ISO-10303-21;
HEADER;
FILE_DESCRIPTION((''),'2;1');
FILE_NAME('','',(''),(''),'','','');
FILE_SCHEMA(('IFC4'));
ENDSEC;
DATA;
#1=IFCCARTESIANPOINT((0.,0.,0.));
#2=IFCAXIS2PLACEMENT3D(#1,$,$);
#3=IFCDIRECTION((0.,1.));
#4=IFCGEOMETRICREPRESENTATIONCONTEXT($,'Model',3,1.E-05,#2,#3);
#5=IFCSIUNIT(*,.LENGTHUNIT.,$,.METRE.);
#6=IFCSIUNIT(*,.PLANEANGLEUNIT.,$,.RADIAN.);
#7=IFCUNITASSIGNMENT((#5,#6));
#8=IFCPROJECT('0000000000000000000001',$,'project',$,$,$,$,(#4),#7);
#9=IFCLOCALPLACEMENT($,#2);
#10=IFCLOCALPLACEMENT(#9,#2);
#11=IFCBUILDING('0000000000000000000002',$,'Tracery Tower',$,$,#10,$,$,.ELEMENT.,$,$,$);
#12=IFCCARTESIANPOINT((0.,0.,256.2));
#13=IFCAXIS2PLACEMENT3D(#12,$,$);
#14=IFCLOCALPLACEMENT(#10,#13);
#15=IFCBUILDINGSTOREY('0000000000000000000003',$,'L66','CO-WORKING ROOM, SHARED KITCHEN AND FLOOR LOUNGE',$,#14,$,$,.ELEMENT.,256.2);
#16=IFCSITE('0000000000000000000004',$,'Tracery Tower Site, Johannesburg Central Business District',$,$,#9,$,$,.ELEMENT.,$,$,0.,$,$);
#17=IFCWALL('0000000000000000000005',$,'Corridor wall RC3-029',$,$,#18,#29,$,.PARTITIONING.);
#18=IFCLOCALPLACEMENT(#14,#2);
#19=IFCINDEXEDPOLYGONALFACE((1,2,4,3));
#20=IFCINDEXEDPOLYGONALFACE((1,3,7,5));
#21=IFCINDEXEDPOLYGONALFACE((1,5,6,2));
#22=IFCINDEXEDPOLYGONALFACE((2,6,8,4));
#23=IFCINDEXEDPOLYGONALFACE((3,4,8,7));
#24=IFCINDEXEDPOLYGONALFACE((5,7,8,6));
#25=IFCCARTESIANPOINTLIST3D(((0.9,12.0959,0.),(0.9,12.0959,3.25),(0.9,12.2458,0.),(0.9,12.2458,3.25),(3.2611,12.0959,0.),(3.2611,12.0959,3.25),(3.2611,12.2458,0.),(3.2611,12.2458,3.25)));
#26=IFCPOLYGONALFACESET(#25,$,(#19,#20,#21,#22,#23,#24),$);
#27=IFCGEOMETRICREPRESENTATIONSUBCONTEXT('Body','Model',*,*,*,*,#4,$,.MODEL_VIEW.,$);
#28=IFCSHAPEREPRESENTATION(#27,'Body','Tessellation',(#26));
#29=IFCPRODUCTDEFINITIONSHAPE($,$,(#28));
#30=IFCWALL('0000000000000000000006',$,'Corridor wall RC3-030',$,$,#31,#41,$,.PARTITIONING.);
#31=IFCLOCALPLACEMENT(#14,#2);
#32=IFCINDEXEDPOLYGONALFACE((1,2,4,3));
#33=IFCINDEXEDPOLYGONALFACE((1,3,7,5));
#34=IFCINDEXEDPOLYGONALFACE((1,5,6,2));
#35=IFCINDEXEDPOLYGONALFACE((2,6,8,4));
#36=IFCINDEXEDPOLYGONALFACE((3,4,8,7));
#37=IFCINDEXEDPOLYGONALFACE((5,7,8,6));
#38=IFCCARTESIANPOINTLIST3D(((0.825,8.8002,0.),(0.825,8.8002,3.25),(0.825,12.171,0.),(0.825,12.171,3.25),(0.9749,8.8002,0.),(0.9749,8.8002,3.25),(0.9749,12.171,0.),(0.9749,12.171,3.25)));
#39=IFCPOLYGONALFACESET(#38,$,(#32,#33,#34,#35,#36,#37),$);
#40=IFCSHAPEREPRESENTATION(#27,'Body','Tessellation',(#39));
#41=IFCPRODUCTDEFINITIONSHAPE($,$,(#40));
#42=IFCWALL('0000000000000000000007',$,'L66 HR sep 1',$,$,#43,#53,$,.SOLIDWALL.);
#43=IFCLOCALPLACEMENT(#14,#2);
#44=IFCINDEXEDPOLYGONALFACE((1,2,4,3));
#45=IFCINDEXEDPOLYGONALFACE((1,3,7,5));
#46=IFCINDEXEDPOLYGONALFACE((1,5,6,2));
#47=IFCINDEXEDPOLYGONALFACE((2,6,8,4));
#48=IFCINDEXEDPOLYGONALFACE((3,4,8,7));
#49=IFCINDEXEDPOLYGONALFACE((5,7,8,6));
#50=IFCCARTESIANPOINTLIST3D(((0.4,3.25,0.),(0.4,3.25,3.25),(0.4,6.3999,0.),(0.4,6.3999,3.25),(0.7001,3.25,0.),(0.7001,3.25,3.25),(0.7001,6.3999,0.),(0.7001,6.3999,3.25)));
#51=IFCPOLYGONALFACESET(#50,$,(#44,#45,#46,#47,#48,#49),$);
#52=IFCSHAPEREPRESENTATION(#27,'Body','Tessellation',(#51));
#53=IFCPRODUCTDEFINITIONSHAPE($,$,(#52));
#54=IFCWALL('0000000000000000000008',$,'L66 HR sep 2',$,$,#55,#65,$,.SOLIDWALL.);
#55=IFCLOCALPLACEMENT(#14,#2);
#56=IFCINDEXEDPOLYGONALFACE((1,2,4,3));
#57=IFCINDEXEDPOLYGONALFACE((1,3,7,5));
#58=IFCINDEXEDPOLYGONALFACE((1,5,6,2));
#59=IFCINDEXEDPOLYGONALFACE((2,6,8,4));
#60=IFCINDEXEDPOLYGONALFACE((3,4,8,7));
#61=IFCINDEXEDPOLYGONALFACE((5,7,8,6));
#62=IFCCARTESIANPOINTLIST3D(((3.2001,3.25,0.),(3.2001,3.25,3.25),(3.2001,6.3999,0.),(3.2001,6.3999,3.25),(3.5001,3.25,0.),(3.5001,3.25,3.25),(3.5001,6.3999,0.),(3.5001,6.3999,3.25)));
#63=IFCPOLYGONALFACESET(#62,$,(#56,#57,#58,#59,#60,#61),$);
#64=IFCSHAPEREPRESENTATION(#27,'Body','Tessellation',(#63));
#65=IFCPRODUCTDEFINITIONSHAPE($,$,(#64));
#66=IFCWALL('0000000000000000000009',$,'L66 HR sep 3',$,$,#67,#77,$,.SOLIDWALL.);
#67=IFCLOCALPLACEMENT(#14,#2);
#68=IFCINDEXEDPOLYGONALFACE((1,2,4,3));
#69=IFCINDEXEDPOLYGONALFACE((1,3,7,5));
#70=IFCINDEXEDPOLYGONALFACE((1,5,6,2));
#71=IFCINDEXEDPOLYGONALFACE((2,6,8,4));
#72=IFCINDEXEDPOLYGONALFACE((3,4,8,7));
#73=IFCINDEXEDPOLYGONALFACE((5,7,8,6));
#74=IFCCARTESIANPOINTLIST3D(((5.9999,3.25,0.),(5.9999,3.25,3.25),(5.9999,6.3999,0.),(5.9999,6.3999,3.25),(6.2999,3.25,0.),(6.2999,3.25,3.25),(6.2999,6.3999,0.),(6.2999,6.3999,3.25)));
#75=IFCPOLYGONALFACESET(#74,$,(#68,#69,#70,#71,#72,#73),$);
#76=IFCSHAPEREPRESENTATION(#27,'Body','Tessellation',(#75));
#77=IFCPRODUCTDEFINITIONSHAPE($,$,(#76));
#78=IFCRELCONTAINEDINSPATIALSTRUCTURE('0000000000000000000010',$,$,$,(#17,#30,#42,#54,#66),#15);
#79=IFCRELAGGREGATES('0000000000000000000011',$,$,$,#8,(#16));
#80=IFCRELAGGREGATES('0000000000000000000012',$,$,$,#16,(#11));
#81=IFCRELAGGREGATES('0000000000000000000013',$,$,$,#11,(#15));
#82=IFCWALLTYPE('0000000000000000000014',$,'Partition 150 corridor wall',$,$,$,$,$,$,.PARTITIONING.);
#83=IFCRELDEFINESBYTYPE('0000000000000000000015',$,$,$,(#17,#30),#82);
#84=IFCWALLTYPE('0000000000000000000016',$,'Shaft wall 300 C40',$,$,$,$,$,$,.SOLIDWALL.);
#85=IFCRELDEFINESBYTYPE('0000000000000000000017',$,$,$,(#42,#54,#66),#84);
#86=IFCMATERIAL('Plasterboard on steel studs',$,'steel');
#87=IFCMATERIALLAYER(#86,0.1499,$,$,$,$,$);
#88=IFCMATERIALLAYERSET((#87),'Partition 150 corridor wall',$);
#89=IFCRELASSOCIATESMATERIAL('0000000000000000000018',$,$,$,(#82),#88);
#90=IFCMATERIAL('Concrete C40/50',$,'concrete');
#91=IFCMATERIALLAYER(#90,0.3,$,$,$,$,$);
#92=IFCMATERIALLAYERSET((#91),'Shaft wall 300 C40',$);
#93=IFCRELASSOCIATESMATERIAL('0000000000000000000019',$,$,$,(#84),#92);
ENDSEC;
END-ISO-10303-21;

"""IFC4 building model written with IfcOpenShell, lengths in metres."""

from ifc_helpers import new_model, si_unit, direction, frame, frame_2d, origin, place, context, subcontext, project, spatial, rectangle, extrude, material, layer, layer_set, type_object, element, save


model = new_model("IFC4")

# Units and contexts
model_context = context("Model", 3, precision=1e-05, world=origin(), true_north=direction((0.0, 1.0)))
body_context = subcontext(model_context, "Body", "Model", "MODEL_VIEW")
ifc_project = project(units=[si_unit("LENGTHUNIT", "METRE"), si_unit("PLANEANGLEUNIT", "RADIAN")], contexts=[model_context])

# Site, building, storey
site_placement = place(None, origin())
site = spatial("IfcSite", under=ifc_project, at=site_placement, Name="Tracery Tower Site, Johannesburg Central Business District", CompositionType="ELEMENT", RefElevation=0.0)
building_placement = place(site_placement, origin())
building = spatial("IfcBuilding", under=site, at=building_placement, Name="Tracery Tower", CompositionType="ELEMENT")
storey_placement = place(building_placement, frame((0.0, 0.0, 256.2)))
storey = spatial("IfcBuildingStorey", under=building, at=storey_placement, Name="L66", Description="CO-WORKING ROOM, SHARED KITCHEN AND FLOOR LOUNGE", CompositionType="ELEMENT", Elevation=256.2)

# Shared definitions
ifc_material_1 = material(Name="Plasterboard on steel studs", Category="steel")
ifc_layer_1 = layer(ifc_material_1, 0.1499)
ifc_layer_set_1 = layer_set([ifc_layer_1], Name="Partition 150 corridor wall")
wall_type_1 = type_object("IfcWallType", Name="Partition 150 corridor wall", PredefinedType="PARTITIONING", material=ifc_layer_set_1)

# Walls
wall_1_placement = place(storey_placement, frame((0.8999, 12.1709, 0.0), z_axis=(0.0, 0.0, 1.0), x_axis=(1.0, 0.0, 0.0)))
element("IfcWall", 1, at=wall_1_placement, inside=storey, type_object=wall_type_1, Name="Corridor wall RC3-029", PredefinedType="PARTITIONING", context=body_context, shape_type="SweptSolid", body=[
    extrude(rectangle(XDim=2.3611, YDim=0.1499, at=frame_2d((1.1807, 0.0))), origin(), (0.0, 0.0, 1.0), 3.25),
])
wall_2_placement = place(storey_placement, frame((0.8999, 8.8, 0.0), z_axis=(0.0, 0.0, 1.0), x_axis=(0.0, 1.0, 0.0)))
element("IfcWall", 2, at=wall_2_placement, inside=storey, type_object=wall_type_1, Name="Corridor wall RC3-030", PredefinedType="PARTITIONING", context=body_context, shape_type="SweptSolid", body=[
    extrude(rectangle(XDim=3.3708, YDim=0.1499, at=frame_2d((1.6855, 0.0))), origin(), (0.0, 0.0, 1.0), 3.25),
])
ifc_material_2 = material(Name="Concrete C40/50", Category="concrete")
ifc_layer_2 = layer(ifc_material_2, 0.3)
ifc_layer_set_2 = layer_set([ifc_layer_2], Name="Shaft wall 300 C40")
wall_type_2 = type_object("IfcWallType", Name="Shaft wall 300 C40", PredefinedType="SOLIDWALL", material=ifc_layer_set_2)
for number, where, z_axis, x_axis, name in (
    (3, (0.55, 3.25, 0.0), (0.0, 0.0, 1.0), (0.0, 1.0, 0.0), "L66 HR sep 1"),
    (4, (3.3501, 3.25, 0.0), (0.0, 0.0, 1.0), (0.0, 1.0, 0.0), "L66 HR sep 2"),
    (5, (6.1499, 3.25, 0.0), (0.0, 0.0, 1.0), (0.0, 1.0, 0.0), "L66 HR sep 3"),
):
    element("IfcWall", number, at=place(storey_placement, frame(where, z_axis=z_axis, x_axis=x_axis)), inside=storey, type_object=wall_type_2, Name=name, PredefinedType="SOLIDWALL", context=body_context, shape_type="SweptSolid", body=[
        extrude(rectangle(XDim=3.1499, YDim=0.3, at=frame_2d((1.575, 0.0))), origin(), (0.0, 0.0, 1.0), 3.25),
    ])

save(model, "model.ifc")
